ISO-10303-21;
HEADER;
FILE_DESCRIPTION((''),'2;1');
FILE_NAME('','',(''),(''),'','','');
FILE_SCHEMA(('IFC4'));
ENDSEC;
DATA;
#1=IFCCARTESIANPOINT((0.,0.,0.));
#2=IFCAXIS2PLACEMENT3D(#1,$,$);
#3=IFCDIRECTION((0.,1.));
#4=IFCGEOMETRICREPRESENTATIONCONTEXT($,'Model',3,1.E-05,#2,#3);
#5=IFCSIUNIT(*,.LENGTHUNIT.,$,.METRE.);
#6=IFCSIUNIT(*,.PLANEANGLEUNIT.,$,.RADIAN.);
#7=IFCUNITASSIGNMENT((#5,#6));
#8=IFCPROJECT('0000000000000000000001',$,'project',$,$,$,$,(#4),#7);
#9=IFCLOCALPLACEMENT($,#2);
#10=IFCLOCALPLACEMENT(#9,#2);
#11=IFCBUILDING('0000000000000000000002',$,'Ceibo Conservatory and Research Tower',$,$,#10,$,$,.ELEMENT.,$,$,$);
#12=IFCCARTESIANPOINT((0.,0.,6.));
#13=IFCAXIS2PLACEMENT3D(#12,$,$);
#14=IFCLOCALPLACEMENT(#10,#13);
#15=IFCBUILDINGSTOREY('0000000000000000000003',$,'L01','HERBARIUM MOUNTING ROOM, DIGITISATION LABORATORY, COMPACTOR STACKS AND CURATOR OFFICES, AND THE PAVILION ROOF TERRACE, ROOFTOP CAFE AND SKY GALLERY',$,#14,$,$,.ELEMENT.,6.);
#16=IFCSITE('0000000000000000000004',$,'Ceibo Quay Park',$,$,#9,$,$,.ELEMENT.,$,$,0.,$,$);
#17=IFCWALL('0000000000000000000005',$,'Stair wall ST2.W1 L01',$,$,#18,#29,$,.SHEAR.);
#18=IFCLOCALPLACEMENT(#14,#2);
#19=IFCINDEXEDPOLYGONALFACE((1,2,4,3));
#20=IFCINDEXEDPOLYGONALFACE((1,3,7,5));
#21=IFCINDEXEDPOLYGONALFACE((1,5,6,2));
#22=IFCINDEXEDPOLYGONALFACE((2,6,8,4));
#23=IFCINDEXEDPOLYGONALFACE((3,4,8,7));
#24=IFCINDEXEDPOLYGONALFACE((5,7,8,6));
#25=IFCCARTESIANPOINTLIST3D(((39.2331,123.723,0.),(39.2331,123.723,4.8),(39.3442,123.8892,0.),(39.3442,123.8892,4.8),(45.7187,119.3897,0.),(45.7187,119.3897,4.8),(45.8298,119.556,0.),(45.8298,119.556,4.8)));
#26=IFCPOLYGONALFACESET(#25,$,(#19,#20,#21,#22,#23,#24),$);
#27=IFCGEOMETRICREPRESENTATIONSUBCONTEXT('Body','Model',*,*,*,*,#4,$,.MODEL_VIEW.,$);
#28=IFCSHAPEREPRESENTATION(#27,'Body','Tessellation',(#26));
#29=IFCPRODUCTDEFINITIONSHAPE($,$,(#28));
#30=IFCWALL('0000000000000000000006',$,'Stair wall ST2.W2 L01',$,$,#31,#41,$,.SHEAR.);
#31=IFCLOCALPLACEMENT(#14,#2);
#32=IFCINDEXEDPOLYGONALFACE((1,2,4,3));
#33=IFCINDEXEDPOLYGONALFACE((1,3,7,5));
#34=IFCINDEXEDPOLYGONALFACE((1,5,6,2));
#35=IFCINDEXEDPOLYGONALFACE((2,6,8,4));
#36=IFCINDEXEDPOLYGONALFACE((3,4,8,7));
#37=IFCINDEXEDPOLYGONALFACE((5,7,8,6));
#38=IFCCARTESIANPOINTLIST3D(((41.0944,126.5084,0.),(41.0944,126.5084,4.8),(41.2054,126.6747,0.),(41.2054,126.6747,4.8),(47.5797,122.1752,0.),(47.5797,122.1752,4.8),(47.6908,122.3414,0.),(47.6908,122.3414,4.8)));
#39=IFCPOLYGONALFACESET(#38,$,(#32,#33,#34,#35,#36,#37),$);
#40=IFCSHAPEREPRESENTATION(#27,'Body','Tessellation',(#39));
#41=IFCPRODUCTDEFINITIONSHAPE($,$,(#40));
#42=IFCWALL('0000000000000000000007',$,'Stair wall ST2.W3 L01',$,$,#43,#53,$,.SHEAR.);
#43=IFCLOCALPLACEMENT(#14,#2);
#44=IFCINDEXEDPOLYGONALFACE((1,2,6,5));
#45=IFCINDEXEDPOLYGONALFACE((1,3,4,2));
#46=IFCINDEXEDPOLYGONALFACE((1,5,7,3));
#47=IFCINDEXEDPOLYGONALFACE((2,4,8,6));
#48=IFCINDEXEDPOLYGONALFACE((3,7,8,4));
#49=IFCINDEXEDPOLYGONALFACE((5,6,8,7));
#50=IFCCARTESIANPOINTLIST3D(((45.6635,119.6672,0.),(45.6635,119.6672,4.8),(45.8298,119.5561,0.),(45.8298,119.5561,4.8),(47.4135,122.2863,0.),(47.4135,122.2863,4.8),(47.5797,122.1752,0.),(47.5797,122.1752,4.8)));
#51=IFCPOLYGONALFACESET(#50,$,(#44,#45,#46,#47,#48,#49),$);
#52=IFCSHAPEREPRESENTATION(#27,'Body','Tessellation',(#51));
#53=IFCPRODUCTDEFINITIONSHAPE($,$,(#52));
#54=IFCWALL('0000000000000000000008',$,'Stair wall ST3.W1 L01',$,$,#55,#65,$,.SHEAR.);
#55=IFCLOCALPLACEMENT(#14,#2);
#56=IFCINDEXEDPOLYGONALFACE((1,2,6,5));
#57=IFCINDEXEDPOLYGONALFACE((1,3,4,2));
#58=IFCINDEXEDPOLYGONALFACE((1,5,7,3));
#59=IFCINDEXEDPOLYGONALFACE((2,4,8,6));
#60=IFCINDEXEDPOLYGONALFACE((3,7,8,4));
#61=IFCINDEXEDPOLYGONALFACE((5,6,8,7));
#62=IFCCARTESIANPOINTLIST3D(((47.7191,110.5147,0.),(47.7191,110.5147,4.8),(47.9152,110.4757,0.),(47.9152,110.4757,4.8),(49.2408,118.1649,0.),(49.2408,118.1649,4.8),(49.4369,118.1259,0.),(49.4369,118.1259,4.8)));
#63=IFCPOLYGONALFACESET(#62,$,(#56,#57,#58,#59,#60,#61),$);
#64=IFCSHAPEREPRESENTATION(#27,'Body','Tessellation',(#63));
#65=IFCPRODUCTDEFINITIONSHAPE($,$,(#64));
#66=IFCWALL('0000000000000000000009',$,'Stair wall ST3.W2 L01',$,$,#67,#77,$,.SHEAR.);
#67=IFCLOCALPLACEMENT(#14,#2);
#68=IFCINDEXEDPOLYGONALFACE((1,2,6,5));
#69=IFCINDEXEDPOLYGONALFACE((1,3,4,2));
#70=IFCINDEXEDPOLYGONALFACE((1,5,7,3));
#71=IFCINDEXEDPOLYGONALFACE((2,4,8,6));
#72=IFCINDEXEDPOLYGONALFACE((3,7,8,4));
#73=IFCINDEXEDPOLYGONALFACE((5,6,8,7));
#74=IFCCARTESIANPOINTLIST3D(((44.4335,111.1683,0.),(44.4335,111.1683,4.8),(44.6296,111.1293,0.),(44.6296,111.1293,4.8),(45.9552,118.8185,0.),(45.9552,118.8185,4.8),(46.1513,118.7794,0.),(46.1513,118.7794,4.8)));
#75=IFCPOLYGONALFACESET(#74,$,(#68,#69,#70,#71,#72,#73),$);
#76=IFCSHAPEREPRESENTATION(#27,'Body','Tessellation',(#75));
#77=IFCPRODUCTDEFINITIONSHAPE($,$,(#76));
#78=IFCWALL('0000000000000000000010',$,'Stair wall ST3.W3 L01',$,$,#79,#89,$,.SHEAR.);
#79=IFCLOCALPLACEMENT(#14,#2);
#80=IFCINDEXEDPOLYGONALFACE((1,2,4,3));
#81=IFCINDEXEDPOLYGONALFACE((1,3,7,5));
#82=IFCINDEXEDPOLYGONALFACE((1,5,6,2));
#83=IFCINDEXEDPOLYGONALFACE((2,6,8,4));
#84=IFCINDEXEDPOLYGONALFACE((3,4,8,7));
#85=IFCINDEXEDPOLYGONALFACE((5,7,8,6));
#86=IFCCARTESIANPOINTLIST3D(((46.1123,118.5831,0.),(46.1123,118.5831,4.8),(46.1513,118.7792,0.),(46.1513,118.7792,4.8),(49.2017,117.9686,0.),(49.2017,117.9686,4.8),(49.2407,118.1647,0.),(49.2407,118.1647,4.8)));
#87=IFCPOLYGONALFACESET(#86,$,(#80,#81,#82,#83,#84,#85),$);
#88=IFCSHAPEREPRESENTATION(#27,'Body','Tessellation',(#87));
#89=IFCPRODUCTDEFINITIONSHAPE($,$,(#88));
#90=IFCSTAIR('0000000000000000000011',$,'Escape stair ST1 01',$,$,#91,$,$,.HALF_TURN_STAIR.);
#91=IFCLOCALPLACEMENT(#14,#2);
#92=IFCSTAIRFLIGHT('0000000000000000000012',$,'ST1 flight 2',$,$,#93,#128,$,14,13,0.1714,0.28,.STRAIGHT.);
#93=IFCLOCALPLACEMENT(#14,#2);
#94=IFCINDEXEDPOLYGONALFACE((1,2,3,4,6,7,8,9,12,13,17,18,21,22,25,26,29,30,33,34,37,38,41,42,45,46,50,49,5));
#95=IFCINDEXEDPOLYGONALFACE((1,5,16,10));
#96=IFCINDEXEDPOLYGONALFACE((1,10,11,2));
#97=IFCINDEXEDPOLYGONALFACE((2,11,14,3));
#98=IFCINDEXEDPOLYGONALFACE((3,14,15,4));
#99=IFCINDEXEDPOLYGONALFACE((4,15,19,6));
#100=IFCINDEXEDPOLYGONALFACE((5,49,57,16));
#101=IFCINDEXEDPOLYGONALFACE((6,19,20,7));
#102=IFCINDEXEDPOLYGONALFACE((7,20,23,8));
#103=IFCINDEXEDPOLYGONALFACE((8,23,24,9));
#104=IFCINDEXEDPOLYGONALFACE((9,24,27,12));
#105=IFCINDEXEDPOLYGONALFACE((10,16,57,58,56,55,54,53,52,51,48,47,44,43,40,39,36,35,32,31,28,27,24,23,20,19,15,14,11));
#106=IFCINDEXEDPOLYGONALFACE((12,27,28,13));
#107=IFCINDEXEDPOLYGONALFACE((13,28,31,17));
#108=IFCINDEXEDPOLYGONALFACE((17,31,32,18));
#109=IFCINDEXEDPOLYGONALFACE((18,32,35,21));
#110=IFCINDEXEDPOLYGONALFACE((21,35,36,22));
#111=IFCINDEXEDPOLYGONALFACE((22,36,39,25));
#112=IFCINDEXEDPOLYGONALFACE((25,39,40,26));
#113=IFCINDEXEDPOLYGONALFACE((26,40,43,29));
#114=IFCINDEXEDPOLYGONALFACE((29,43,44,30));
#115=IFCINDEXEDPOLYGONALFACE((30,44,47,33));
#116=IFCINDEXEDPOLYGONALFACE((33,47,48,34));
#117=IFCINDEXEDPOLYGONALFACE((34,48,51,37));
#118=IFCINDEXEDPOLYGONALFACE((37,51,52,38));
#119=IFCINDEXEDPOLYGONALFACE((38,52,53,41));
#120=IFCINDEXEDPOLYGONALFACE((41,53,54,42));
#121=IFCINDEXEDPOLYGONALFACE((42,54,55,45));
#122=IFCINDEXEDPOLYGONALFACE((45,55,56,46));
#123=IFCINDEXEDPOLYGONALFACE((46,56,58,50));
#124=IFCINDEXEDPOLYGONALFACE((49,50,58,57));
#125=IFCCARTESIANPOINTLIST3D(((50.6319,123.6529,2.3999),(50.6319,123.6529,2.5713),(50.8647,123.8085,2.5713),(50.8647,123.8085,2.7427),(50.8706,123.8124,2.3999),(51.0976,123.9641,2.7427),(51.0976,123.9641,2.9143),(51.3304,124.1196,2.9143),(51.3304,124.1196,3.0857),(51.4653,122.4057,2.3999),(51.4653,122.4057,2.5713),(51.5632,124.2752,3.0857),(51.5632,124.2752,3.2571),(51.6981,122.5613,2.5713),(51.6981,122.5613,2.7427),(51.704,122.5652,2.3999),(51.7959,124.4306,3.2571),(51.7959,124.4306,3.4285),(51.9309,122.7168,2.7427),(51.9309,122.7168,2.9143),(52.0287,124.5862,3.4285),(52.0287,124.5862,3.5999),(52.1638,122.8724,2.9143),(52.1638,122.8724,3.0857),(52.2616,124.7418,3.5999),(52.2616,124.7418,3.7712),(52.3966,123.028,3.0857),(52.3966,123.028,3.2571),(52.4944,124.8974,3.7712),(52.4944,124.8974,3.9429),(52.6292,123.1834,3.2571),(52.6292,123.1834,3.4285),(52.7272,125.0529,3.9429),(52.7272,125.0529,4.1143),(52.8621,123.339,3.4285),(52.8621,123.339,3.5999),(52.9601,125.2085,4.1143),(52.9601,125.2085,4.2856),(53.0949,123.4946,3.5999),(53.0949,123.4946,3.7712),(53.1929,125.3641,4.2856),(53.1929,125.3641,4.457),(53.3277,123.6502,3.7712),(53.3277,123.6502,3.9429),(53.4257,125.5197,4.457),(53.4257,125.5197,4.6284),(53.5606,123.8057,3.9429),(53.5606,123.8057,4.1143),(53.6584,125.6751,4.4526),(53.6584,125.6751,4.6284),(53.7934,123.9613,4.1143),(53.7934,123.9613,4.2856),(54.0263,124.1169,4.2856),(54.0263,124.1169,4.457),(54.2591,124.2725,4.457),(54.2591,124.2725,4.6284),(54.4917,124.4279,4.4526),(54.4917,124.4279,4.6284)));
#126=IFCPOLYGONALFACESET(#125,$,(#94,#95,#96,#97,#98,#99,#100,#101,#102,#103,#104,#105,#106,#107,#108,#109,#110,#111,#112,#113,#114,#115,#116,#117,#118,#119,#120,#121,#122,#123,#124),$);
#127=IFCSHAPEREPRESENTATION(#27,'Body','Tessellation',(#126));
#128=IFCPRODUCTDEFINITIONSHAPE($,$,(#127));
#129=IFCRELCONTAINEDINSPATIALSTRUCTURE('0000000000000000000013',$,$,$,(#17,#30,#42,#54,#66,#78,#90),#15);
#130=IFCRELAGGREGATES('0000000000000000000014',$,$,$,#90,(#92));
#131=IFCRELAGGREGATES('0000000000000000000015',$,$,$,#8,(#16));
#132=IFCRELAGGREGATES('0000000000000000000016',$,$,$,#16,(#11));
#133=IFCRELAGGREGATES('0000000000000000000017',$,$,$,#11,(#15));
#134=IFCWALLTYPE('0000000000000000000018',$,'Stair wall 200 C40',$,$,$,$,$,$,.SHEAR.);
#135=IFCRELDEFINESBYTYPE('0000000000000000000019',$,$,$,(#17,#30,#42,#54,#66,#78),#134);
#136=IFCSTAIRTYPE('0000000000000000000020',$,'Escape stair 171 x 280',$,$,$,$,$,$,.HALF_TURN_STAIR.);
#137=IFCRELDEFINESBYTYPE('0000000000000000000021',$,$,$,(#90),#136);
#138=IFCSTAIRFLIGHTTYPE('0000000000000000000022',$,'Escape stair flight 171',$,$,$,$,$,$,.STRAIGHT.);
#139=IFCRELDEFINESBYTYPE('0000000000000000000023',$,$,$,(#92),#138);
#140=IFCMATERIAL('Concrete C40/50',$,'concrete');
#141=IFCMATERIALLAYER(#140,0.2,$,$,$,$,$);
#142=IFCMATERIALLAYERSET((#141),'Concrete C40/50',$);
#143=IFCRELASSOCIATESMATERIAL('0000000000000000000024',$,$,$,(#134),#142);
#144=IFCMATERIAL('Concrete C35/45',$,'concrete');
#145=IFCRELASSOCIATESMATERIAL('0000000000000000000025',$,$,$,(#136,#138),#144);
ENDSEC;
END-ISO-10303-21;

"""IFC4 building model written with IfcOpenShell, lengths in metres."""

from ifc_helpers import new_model, si_unit, direction, frame, frame_2d, origin, place, context, subcontext, project, spatial, polyline, rectangle, outline, extrude, material, layer, layer_set, type_object, element, aggregate, save


model = new_model("IFC4")

# Units and contexts
model_context = context("Model", 3, precision=1e-05, world=origin(), true_north=direction((0.0, 1.0)))
body_context = subcontext(model_context, "Body", "Model", "MODEL_VIEW")
ifc_project = project(units=[si_unit("LENGTHUNIT", "METRE"), si_unit("PLANEANGLEUNIT", "RADIAN")], contexts=[model_context])

# Site, building, storey
site_placement = place(None, origin())
site = spatial("IfcSite", under=ifc_project, at=site_placement, Name="Ceibo Quay Park", CompositionType="ELEMENT", RefElevation=0.0)
building_placement = place(site_placement, origin())
building = spatial("IfcBuilding", under=site, at=building_placement, Name="Ceibo Conservatory and Research Tower", CompositionType="ELEMENT")
storey_placement = place(building_placement, frame((0.0, 0.0, 6.0)))
storey = spatial("IfcBuildingStorey", under=building, at=storey_placement, Name="L01", Description="HERBARIUM MOUNTING ROOM, DIGITISATION LABORATORY, COMPACTOR STACKS AND CURATOR OFFICES, AND THE PAVILION ROOF TERRACE, ROOFTOP CAFE AND SKY GALLERY", CompositionType="ELEMENT", Elevation=6.0)

# Walls
ifc_material_1 = material(Name="Concrete C40/50", Category="concrete")
ifc_layer_1 = layer(ifc_material_1, 0.2)
ifc_layer_set_1 = layer_set([ifc_layer_1], Name="Concrete C40/50")
wall_type_1 = type_object("IfcWallType", Name="Stair wall 200 C40", PredefinedType="SHEAR", material=ifc_layer_set_1)
wall_1_placement = place(storey_placement, frame((45.7742, 119.4729, 0.0), z_axis=(0.0, 0.0, 1.0), x_axis=(-0.831486, 0.555545, 0.0)))
element("IfcWall", 1, at=wall_1_placement, inside=storey, type_object=wall_type_1, Name="Stair wall ST2.W1 L01", PredefinedType="SHEAR", context=body_context, shape_type="SweptSolid", body=[
    extrude(rectangle(XDim=7.8, YDim=0.2, at=frame_2d((3.8999, 0.0))), origin(), (0.0, 0.0, 1.0), 4.8),
])
wall_2_placement = place(storey_placement, frame((47.6353, 122.2583, 0.0), z_axis=(0.0, 0.0, 1.0), x_axis=(-0.831477, 0.555559, 0.0)))
element("IfcWall", 2, at=wall_2_placement, inside=storey, type_object=wall_type_1, Name="Stair wall ST2.W2 L01", PredefinedType="SHEAR", context=body_context, shape_type="SweptSolid", body=[
    extrude(rectangle(XDim=7.7998, YDim=0.2, at=frame_2d((3.8999, 0.0))), origin(), (0.0, 0.0, 1.0), 4.8),
])
wall_3_placement = place(storey_placement, frame((47.4966, 122.2307, 0.0), z_axis=(0.0, 0.0, 1.0), x_axis=(-0.555558, -0.831478, 0.0)))
element("IfcWall", 3, at=wall_3_placement, inside=storey, type_object=wall_type_1, Name="Stair wall ST2.W3 L01", PredefinedType="SHEAR", context=body_context, shape_type="SweptSolid", body=[
    extrude(rectangle(XDim=3.1499, YDim=0.2, at=frame_2d((1.575, 0.0))), origin(), (0.0, 0.0, 1.0), 4.8),
])
for number, where, z_axis, x_axis, name in (
    (4, (49.3389, 118.1453, 0.0), (0.0, 0.0, 1.0), (-0.195093, -0.980785, 0.0), "Stair wall ST3.W1 L01"),
    (5, (46.0532, 118.7988, 0.0), (0.0, 0.0, 1.0), (-0.195093, -0.980785, 0.0), "Stair wall ST3.W2 L01"),
):
    element("IfcWall", number, at=place(storey_placement, frame(where, z_axis=z_axis, x_axis=x_axis)), inside=storey, type_object=wall_type_1, Name=name, PredefinedType="SHEAR", context=body_context, shape_type="SweptSolid", body=[
        extrude(rectangle(XDim=7.8, YDim=0.2, at=frame_2d((3.8999, 0.0))), origin(), (0.0, 0.0, 1.0), 4.8),
    ])
wall_4_placement = place(storey_placement, frame((46.1318, 118.6812, 0.0), z_axis=(0.0, 0.0, 1.0), x_axis=(0.980786, -0.195088, 0.0)))
element("IfcWall", 6, at=wall_4_placement, inside=storey, type_object=wall_type_1, Name="Stair wall ST3.W3 L01", PredefinedType="SHEAR", context=body_context, shape_type="SweptSolid", body=[
    extrude(rectangle(XDim=3.1499, YDim=0.2, at=frame_2d((1.575, 0.0))), origin(), (0.0, 0.0, 1.0), 4.8),
])

# Stair, stair flight
ifc_material_2 = material(Name="Concrete C35/45", Category="concrete")
stair_type = type_object("IfcStairType", Name="Escape stair 171 x 280", PredefinedType="HALF_TURN_STAIR", material=ifc_material_2)
stair_placement = place(storey_placement, origin())
stair = element("IfcStair", 7, at=stair_placement, inside=storey, type_object=stair_type, Name="Escape stair ST1 01", PredefinedType="HALF_TURN_STAIR")
stair_flight_type = type_object("IfcStairFlightType", Name="Escape stair flight 171", PredefinedType="STRAIGHT", material=ifc_material_2)
stair_flight_placement = place(storey_placement, frame((51.0486, 123.0293, 2.3999), z_axis=(0.0, 0.0, 1.0), x_axis=(0.83147, 0.55557, 0.0)))
stair_flight = element("IfcStairFlight", 8, at=stair_flight_placement, type_object=stair_flight_type, Name="ST1 flight 2", NumberOfRisers=14, NumberOfTreads=13, PredefinedType="STRAIGHT", RiserHeight=0.1714, TreadLength=0.28, context=body_context, shape_type="SweptSolid", body=[
    extrude(outline(polyline([(0.0, 0.0), (0.0, 0.1714), (0.28, 0.1714), (0.28, 0.3428), (0.5601, 0.3428), (0.5601, 0.5144), (0.8401, 0.5144), (0.8401, 0.6858), (1.1201, 0.6858), (1.1201, 0.8572), (1.3999, 0.8572), (1.3999, 1.0286), (1.6799, 1.0286), (1.6799, 1.2), (1.96, 1.2), (1.96, 1.3713), (2.24, 1.3713), (2.24, 1.543), (2.52, 1.543), (2.52, 1.7144), (2.8, 1.7144), (2.8, 1.8857), (3.0801, 1.8857), (3.0801, 2.0571), (3.3601, 2.0571), (3.3601, 2.2285), (3.6399, 2.2285), (3.6399, 2.3999), (3.6399, 2.0527), (0.2871, 0.0), (0.0, 0.0)])), frame((0.0, 0.75, 0.0), z_axis=(0.0, -1.0, 0.0), x_axis=(1.0, 0.0, 0.0)), (0.0, 0.0, 1.0), 1.5),
])
aggregate(stair, [stair_flight])

save(model, "model.ifc")
